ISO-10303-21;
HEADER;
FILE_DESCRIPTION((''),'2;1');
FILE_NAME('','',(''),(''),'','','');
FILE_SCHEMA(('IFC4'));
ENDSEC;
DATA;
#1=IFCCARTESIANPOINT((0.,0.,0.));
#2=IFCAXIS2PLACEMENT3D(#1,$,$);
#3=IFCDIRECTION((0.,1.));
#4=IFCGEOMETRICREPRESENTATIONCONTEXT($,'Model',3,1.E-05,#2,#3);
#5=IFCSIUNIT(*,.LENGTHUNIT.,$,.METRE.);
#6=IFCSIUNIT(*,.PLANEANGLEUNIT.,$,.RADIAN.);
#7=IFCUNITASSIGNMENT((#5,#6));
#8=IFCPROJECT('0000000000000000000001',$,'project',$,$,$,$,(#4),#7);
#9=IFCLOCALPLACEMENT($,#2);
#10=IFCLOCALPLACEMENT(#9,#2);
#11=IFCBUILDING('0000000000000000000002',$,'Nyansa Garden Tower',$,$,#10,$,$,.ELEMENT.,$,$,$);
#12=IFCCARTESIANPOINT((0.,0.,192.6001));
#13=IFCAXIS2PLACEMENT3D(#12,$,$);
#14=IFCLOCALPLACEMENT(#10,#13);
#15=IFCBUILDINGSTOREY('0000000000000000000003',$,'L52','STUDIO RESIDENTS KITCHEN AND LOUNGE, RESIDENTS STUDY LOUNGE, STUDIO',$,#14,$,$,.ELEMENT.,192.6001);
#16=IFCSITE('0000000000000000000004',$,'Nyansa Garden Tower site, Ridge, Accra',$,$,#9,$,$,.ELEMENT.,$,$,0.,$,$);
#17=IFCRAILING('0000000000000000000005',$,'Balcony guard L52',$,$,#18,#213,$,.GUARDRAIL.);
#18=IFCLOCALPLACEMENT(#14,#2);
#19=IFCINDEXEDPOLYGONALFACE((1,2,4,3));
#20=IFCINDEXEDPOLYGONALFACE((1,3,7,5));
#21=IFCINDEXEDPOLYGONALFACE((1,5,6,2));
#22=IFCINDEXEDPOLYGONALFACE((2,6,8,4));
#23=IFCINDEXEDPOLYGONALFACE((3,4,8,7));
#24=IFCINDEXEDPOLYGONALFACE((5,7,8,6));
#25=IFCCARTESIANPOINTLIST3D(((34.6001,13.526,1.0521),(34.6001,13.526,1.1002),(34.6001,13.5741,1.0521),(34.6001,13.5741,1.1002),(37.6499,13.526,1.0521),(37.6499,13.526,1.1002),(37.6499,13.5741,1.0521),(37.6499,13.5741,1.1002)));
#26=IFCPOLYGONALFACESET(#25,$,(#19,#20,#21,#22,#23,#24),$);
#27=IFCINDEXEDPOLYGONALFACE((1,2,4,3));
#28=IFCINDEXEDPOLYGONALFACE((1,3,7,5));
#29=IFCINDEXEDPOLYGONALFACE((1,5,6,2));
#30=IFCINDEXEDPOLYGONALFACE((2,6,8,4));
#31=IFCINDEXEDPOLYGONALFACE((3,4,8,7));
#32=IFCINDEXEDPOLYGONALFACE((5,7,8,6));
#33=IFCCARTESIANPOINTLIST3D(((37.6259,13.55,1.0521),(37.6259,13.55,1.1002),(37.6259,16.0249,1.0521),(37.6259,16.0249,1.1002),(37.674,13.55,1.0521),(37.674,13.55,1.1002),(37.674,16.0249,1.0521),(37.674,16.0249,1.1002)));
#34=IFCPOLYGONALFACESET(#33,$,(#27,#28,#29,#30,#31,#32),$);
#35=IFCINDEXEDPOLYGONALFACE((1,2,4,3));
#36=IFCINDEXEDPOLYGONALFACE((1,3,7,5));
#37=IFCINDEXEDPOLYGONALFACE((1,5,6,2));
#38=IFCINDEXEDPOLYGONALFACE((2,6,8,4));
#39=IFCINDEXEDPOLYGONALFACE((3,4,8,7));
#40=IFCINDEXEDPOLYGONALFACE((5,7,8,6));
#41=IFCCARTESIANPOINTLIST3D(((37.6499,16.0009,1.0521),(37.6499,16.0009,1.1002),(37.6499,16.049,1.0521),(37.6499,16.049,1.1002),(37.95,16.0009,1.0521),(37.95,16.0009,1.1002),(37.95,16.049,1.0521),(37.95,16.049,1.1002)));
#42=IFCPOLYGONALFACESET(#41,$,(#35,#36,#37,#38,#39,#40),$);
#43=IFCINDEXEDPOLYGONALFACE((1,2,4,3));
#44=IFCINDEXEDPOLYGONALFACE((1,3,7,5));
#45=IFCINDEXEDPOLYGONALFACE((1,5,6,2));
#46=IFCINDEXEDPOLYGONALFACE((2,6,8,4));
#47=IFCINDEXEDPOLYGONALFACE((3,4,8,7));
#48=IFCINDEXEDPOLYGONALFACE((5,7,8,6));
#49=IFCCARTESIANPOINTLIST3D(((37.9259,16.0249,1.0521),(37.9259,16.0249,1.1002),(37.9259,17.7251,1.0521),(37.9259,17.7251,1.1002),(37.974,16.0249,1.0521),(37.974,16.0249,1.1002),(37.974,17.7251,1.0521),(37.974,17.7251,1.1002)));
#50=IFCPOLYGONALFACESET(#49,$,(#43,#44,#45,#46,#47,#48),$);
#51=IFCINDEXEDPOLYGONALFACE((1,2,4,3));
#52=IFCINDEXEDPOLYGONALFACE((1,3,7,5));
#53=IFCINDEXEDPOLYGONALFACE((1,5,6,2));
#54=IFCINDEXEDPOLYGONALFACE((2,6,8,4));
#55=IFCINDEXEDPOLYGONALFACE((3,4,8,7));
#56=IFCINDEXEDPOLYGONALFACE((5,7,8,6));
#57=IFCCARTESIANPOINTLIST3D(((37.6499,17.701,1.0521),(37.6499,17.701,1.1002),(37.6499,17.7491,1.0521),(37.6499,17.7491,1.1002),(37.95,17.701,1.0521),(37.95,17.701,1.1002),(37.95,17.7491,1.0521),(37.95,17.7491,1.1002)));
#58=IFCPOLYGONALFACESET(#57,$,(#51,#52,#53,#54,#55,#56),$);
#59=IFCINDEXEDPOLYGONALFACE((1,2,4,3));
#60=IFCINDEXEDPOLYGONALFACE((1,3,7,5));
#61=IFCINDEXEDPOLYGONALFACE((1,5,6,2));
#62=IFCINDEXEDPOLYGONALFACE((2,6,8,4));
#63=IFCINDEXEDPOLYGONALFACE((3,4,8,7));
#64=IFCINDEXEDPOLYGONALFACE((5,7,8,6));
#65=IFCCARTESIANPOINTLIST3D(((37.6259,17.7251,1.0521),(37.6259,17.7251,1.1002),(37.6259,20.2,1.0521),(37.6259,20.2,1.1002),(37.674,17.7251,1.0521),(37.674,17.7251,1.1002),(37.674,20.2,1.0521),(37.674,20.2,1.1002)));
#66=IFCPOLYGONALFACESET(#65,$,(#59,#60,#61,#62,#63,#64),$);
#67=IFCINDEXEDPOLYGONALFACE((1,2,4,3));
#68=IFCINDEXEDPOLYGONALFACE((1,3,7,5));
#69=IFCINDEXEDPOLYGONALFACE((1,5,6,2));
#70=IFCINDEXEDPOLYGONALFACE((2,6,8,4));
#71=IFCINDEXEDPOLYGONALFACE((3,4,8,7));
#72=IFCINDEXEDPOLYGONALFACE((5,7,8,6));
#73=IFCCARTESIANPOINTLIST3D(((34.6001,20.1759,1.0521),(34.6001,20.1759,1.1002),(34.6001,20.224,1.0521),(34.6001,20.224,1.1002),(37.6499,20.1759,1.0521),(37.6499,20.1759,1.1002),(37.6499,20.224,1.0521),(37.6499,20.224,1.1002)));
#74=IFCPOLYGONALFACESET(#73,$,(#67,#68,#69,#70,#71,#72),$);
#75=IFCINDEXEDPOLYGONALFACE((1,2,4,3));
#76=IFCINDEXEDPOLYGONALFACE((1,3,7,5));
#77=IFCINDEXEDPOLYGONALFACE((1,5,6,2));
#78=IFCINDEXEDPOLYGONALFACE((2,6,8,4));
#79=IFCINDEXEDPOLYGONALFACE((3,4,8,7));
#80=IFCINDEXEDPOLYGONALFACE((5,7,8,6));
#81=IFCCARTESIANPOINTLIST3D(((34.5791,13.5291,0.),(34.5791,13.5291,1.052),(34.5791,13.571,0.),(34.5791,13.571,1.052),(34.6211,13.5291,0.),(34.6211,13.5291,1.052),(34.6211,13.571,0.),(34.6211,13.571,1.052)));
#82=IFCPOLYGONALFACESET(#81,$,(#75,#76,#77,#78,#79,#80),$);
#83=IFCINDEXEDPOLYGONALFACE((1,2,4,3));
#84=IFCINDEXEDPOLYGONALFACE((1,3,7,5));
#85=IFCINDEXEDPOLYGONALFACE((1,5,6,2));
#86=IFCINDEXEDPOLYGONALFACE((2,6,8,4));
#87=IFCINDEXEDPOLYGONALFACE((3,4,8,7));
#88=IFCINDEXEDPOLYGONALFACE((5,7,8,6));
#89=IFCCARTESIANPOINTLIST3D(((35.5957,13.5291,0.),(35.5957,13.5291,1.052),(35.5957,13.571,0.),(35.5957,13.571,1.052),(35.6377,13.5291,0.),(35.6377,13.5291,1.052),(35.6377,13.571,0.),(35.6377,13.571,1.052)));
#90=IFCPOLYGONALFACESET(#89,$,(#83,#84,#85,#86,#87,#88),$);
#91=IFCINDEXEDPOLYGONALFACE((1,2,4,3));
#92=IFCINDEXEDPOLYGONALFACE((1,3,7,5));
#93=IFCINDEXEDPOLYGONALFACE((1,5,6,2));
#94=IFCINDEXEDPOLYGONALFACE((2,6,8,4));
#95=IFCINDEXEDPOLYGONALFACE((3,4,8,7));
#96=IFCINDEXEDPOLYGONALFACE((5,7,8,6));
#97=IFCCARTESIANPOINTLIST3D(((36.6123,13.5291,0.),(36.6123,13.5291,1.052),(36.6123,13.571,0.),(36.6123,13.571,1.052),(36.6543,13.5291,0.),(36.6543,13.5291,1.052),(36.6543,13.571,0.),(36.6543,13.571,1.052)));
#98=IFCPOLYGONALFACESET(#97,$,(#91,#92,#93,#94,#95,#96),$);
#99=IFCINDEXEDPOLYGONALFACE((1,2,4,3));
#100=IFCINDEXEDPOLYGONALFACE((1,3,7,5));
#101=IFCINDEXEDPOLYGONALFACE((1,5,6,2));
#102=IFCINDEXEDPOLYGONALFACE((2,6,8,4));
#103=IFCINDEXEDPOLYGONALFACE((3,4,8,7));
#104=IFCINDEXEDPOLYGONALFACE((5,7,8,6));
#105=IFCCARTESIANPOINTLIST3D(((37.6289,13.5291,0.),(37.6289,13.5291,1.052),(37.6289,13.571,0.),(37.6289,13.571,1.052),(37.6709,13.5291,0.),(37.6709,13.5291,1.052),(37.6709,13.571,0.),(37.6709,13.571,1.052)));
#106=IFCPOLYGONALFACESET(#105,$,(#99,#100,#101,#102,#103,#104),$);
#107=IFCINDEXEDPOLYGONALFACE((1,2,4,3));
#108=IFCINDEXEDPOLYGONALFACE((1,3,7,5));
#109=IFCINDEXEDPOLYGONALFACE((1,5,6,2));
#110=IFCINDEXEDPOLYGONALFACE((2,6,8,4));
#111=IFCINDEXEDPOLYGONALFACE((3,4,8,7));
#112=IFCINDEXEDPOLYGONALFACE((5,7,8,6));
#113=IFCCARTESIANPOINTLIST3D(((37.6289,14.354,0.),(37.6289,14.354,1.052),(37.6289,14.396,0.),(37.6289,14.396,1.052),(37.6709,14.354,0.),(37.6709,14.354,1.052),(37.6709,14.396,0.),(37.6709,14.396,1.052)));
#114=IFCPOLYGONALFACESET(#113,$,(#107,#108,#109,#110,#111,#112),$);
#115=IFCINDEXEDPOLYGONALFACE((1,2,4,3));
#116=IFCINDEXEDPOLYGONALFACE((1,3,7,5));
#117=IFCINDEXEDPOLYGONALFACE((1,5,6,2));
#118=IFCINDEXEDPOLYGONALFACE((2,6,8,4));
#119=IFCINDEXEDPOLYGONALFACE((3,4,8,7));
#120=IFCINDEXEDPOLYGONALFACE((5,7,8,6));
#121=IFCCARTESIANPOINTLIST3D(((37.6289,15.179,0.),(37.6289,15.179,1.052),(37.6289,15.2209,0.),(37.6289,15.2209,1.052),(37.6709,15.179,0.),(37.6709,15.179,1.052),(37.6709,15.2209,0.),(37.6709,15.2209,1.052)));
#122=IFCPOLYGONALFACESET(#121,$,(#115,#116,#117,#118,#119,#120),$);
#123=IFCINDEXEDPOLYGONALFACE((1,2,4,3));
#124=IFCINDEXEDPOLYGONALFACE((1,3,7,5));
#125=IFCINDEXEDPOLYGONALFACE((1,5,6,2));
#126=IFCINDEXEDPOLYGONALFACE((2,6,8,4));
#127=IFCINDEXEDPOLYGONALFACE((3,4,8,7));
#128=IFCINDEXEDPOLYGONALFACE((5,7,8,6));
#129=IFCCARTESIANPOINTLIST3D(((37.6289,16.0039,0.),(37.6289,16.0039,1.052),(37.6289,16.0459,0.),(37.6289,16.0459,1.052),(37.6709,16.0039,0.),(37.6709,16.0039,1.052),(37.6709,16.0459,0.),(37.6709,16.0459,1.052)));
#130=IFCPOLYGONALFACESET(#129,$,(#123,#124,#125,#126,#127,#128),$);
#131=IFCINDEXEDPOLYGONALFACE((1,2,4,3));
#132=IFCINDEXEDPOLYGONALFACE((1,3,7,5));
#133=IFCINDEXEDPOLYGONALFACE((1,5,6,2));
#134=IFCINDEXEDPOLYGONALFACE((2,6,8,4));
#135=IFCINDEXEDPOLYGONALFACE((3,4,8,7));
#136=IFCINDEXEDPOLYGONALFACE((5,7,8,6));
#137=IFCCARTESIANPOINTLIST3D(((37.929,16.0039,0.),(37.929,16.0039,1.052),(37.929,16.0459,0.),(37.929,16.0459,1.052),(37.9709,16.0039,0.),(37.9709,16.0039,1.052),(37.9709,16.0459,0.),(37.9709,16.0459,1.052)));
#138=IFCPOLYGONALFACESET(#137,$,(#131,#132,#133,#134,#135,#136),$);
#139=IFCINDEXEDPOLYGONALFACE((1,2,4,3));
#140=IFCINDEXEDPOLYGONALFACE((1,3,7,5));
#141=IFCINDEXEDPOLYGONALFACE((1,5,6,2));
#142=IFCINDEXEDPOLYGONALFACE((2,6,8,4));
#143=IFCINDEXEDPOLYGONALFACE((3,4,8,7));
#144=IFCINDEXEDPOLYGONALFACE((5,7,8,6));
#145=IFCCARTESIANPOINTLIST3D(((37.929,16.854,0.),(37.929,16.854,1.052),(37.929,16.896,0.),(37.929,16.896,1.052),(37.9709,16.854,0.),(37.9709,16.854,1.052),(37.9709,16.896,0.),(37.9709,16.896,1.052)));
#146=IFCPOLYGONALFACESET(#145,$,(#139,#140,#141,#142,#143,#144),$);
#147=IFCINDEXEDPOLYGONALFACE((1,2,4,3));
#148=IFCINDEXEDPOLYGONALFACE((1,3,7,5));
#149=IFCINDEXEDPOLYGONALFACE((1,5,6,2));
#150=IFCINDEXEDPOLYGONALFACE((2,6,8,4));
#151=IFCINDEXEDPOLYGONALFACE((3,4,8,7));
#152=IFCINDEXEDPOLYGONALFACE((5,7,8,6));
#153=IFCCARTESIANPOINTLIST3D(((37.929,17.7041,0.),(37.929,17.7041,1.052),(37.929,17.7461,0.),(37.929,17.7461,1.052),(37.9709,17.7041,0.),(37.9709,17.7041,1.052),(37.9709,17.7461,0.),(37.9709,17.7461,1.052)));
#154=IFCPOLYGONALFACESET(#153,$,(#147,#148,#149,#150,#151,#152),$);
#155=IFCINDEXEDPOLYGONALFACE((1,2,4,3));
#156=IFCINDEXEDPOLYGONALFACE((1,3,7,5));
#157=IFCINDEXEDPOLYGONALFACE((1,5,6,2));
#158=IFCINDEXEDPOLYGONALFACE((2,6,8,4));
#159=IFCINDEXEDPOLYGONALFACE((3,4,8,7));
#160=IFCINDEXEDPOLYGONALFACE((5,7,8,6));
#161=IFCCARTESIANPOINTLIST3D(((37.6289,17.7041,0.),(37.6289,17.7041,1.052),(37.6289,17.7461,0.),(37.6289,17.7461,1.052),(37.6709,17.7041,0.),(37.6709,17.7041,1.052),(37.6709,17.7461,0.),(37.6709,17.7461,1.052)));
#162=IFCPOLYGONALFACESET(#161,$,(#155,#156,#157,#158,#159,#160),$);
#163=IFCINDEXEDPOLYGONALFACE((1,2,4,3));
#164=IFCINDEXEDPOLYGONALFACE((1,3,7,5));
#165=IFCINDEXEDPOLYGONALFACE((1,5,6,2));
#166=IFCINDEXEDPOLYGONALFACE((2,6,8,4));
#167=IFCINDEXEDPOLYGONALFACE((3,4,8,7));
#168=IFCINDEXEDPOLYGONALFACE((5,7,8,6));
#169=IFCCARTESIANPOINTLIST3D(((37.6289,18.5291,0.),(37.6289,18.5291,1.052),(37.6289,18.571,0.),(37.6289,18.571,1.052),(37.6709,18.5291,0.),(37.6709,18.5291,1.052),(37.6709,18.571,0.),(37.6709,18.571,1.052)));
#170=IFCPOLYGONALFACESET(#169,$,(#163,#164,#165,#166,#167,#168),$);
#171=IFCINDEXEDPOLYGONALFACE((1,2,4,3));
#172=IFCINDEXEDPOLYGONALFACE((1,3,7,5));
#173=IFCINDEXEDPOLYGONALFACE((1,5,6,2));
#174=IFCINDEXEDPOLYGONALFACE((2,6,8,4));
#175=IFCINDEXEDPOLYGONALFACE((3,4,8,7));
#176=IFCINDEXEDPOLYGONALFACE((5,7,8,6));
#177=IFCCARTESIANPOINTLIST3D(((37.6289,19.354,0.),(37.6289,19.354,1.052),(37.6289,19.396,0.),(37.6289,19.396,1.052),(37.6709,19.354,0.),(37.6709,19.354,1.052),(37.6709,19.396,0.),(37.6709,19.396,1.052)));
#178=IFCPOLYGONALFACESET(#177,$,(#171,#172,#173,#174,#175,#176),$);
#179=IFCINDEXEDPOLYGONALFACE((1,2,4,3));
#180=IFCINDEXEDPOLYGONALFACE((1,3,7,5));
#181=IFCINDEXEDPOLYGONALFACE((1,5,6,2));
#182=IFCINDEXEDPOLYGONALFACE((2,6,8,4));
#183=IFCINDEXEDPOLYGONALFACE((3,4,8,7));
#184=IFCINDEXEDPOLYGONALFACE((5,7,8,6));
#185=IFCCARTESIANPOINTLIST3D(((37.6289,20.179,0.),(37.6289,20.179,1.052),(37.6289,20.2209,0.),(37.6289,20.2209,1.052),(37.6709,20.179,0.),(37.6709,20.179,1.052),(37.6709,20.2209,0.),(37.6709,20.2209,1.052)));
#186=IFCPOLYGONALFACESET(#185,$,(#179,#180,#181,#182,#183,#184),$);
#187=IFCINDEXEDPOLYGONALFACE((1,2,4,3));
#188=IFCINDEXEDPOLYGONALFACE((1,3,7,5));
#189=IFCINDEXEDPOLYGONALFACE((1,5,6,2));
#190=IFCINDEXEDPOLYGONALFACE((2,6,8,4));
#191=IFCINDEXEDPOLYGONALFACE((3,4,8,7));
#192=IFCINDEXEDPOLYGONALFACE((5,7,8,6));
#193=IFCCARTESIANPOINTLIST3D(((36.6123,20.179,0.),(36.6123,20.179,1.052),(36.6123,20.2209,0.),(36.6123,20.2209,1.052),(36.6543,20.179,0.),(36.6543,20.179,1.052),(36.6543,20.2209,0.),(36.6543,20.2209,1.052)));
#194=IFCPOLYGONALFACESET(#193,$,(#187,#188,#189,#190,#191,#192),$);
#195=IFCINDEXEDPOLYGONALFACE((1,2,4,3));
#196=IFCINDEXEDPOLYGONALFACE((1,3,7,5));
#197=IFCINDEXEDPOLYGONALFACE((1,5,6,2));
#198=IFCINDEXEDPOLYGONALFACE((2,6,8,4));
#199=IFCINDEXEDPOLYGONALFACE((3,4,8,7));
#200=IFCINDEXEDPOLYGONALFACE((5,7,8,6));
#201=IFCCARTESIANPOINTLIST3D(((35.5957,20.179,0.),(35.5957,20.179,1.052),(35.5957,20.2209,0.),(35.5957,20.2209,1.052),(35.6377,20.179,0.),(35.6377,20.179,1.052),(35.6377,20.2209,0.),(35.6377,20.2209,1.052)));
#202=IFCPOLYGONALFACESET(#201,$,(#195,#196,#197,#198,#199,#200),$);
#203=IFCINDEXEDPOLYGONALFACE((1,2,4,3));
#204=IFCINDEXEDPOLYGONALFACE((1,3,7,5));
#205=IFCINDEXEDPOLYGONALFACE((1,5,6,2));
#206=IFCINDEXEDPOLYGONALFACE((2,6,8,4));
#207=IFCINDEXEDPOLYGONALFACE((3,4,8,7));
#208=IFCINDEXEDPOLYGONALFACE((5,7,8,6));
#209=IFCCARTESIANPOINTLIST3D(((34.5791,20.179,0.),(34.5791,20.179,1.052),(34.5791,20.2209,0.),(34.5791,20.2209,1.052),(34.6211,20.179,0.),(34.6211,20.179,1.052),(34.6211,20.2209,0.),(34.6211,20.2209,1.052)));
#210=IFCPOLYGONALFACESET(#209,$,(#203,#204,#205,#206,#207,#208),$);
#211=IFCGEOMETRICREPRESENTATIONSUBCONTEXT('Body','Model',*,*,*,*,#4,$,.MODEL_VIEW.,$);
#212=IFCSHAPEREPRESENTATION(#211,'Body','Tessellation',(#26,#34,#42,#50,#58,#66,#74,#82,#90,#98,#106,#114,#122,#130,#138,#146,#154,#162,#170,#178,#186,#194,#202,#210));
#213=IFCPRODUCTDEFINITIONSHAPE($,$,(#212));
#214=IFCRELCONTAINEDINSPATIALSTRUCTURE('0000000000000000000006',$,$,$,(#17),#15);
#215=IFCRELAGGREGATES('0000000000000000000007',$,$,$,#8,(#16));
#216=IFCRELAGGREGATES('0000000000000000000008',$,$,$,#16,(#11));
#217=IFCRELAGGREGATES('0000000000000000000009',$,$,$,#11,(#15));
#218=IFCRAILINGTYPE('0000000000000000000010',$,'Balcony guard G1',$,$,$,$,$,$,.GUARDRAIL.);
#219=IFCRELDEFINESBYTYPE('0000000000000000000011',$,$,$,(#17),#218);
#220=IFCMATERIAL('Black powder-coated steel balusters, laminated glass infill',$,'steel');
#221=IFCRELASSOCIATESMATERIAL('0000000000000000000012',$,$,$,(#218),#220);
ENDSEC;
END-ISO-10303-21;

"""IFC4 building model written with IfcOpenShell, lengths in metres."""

from ifc_helpers import new_model, si_unit, direction, frame, origin, origin_2d, place, context, subcontext, project, spatial, rectangle, extrude, material, type_object, element, save


model = new_model("IFC4")

# Units and contexts
model_context = context("Model", 3, precision=1e-05, world=origin(), true_north=direction((0.0, 1.0)))
body_context = subcontext(model_context, "Body", "Model", "MODEL_VIEW")
ifc_project = project(units=[si_unit("LENGTHUNIT", "METRE"), si_unit("PLANEANGLEUNIT", "RADIAN")], contexts=[model_context])

# Site, building, storey
site_placement = place(None, origin())
site = spatial("IfcSite", under=ifc_project, at=site_placement, Name="Nyansa Garden Tower site, Ridge, Accra", CompositionType="ELEMENT", RefElevation=0.0)
building_placement = place(site_placement, origin())
building = spatial("IfcBuilding", under=site, at=building_placement, Name="Nyansa Garden Tower", CompositionType="ELEMENT")
storey_placement = place(building_placement, frame((0.0, 0.0, 192.6001)))
storey = spatial("IfcBuildingStorey", under=building, at=storey_placement, Name="L52", Description="STUDIO RESIDENTS KITCHEN AND LOUNGE, RESIDENTS STUDY LOUNGE, STUDIO", CompositionType="ELEMENT", Elevation=192.6001)

# Railing
ifc_material_1 = material(Name="Black powder-coated steel balusters, laminated glass infill", Category="steel")
railing_type = type_object("IfcRailingType", Name="Balcony guard G1", PredefinedType="GUARDRAIL", material=ifc_material_1)
railing_placement = place(storey_placement, frame((34.6001, 13.55, 0.0)))
element("IfcRailing", 1, at=railing_placement, inside=storey, type_object=railing_type, Name="Balcony guard L52", PredefinedType="GUARDRAIL", context=body_context, shape_type="SweptSolid", body=[
    extrude(rectangle(XDim=0.0481, YDim=0.0481, at=origin_2d()), frame((0.0, 0.0, 1.0762), z_axis=(1.0, 0.0, 0.0), x_axis=(0.0, 1.0, 0.0)), (0.0, 0.0, 1.0), 3.0498),
    extrude(rectangle(XDim=0.0481, YDim=0.0481, at=origin_2d()), frame((3.0498, 0.0, 1.0762), z_axis=(0.0, 1.0, 0.0), x_axis=(-1.0, 0.0, 0.0)), (0.0, 0.0, 1.0), 2.4749),
    extrude(rectangle(XDim=0.0481, YDim=0.0481, at=origin_2d()), frame((3.0498, 2.4749, 1.0762), z_axis=(1.0, 0.0, 0.0), x_axis=(0.0, 1.0, 0.0)), (0.0, 0.0, 1.0), 0.3),
    extrude(rectangle(XDim=0.0481, YDim=0.0481, at=origin_2d()), frame((3.3499, 2.4749, 1.0762), z_axis=(0.0, 1.0, 0.0), x_axis=(-1.0, 0.0, 0.0)), (0.0, 0.0, 1.0), 1.7002),
    extrude(rectangle(XDim=0.0481, YDim=0.0481, at=origin_2d()), frame((3.3499, 4.175, 1.0762), z_axis=(-1.0, 0.0, 0.0), x_axis=(0.0, -1.0, 0.0)), (0.0, 0.0, 1.0), 0.3),
    extrude(rectangle(XDim=0.0481, YDim=0.0481, at=origin_2d()), frame((3.0498, 4.175, 1.0762), z_axis=(0.0, 1.0, 0.0), x_axis=(-1.0, 0.0, 0.0)), (0.0, 0.0, 1.0), 2.4749),
    extrude(rectangle(XDim=0.0481, YDim=0.0481, at=origin_2d()), frame((3.0498, 6.6499, 1.0762), z_axis=(-1.0, 0.0, 0.0), x_axis=(0.0, -1.0, 0.0)), (0.0, 0.0, 1.0), 3.0498),
    extrude(rectangle(XDim=0.042, YDim=0.042, at=origin_2d()), origin(), (0.0, 0.0, 1.0), 1.052),
    extrude(rectangle(XDim=0.042, YDim=0.042, at=origin_2d()), frame((1.0166, 0.0, 0.0)), (0.0, 0.0, 1.0), 1.052),
    extrude(rectangle(XDim=0.042, YDim=0.042, at=origin_2d()), frame((2.0332, 0.0, 0.0)), (0.0, 0.0, 1.0), 1.052),
    extrude(rectangle(XDim=0.042, YDim=0.042, at=origin_2d()), frame((3.0498, 0.0, 0.0)), (0.0, 0.0, 1.0), 1.052),
    extrude(rectangle(XDim=0.042, YDim=0.042, at=origin_2d()), frame((3.0498, 0.825, 0.0)), (0.0, 0.0, 1.0), 1.052),
    extrude(rectangle(XDim=0.042, YDim=0.042, at=origin_2d()), frame((3.0498, 1.6499, 0.0)), (0.0, 0.0, 1.0), 1.052),
    extrude(rectangle(XDim=0.042, YDim=0.042, at=origin_2d()), frame((3.0498, 2.4749, 0.0)), (0.0, 0.0, 1.0), 1.052),
    extrude(rectangle(XDim=0.042, YDim=0.042, at=origin_2d()), frame((3.3499, 2.4749, 0.0)), (0.0, 0.0, 1.0), 1.052),
    extrude(rectangle(XDim=0.042, YDim=0.042, at=origin_2d()), frame((3.3499, 3.325, 0.0)), (0.0, 0.0, 1.0), 1.052),
    extrude(rectangle(XDim=0.042, YDim=0.042, at=origin_2d()), frame((3.3499, 4.175, 0.0)), (0.0, 0.0, 1.0), 1.052),
    extrude(rectangle(XDim=0.042, YDim=0.042, at=origin_2d()), frame((3.0498, 4.175, 0.0)), (0.0, 0.0, 1.0), 1.052),
    extrude(rectangle(XDim=0.042, YDim=0.042, at=origin_2d()), frame((3.0498, 5.0, 0.0)), (0.0, 0.0, 1.0), 1.052),
    extrude(rectangle(XDim=0.042, YDim=0.042, at=origin_2d()), frame((3.0498, 5.825, 0.0)), (0.0, 0.0, 1.0), 1.052),
    extrude(rectangle(XDim=0.042, YDim=0.042, at=origin_2d()), frame((3.0498, 6.6499, 0.0)), (0.0, 0.0, 1.0), 1.052),
    extrude(rectangle(XDim=0.042, YDim=0.042, at=origin_2d()), frame((2.0332, 6.6499, 0.0)), (0.0, 0.0, 1.0), 1.052),
    extrude(rectangle(XDim=0.042, YDim=0.042, at=origin_2d()), frame((1.0166, 6.6499, 0.0)), (0.0, 0.0, 1.0), 1.052),
    extrude(rectangle(XDim=0.042, YDim=0.042, at=origin_2d()), frame((0.0, 6.6499, 0.0)), (0.0, 0.0, 1.0), 1.052),
])

save(model, "model.ifc")
